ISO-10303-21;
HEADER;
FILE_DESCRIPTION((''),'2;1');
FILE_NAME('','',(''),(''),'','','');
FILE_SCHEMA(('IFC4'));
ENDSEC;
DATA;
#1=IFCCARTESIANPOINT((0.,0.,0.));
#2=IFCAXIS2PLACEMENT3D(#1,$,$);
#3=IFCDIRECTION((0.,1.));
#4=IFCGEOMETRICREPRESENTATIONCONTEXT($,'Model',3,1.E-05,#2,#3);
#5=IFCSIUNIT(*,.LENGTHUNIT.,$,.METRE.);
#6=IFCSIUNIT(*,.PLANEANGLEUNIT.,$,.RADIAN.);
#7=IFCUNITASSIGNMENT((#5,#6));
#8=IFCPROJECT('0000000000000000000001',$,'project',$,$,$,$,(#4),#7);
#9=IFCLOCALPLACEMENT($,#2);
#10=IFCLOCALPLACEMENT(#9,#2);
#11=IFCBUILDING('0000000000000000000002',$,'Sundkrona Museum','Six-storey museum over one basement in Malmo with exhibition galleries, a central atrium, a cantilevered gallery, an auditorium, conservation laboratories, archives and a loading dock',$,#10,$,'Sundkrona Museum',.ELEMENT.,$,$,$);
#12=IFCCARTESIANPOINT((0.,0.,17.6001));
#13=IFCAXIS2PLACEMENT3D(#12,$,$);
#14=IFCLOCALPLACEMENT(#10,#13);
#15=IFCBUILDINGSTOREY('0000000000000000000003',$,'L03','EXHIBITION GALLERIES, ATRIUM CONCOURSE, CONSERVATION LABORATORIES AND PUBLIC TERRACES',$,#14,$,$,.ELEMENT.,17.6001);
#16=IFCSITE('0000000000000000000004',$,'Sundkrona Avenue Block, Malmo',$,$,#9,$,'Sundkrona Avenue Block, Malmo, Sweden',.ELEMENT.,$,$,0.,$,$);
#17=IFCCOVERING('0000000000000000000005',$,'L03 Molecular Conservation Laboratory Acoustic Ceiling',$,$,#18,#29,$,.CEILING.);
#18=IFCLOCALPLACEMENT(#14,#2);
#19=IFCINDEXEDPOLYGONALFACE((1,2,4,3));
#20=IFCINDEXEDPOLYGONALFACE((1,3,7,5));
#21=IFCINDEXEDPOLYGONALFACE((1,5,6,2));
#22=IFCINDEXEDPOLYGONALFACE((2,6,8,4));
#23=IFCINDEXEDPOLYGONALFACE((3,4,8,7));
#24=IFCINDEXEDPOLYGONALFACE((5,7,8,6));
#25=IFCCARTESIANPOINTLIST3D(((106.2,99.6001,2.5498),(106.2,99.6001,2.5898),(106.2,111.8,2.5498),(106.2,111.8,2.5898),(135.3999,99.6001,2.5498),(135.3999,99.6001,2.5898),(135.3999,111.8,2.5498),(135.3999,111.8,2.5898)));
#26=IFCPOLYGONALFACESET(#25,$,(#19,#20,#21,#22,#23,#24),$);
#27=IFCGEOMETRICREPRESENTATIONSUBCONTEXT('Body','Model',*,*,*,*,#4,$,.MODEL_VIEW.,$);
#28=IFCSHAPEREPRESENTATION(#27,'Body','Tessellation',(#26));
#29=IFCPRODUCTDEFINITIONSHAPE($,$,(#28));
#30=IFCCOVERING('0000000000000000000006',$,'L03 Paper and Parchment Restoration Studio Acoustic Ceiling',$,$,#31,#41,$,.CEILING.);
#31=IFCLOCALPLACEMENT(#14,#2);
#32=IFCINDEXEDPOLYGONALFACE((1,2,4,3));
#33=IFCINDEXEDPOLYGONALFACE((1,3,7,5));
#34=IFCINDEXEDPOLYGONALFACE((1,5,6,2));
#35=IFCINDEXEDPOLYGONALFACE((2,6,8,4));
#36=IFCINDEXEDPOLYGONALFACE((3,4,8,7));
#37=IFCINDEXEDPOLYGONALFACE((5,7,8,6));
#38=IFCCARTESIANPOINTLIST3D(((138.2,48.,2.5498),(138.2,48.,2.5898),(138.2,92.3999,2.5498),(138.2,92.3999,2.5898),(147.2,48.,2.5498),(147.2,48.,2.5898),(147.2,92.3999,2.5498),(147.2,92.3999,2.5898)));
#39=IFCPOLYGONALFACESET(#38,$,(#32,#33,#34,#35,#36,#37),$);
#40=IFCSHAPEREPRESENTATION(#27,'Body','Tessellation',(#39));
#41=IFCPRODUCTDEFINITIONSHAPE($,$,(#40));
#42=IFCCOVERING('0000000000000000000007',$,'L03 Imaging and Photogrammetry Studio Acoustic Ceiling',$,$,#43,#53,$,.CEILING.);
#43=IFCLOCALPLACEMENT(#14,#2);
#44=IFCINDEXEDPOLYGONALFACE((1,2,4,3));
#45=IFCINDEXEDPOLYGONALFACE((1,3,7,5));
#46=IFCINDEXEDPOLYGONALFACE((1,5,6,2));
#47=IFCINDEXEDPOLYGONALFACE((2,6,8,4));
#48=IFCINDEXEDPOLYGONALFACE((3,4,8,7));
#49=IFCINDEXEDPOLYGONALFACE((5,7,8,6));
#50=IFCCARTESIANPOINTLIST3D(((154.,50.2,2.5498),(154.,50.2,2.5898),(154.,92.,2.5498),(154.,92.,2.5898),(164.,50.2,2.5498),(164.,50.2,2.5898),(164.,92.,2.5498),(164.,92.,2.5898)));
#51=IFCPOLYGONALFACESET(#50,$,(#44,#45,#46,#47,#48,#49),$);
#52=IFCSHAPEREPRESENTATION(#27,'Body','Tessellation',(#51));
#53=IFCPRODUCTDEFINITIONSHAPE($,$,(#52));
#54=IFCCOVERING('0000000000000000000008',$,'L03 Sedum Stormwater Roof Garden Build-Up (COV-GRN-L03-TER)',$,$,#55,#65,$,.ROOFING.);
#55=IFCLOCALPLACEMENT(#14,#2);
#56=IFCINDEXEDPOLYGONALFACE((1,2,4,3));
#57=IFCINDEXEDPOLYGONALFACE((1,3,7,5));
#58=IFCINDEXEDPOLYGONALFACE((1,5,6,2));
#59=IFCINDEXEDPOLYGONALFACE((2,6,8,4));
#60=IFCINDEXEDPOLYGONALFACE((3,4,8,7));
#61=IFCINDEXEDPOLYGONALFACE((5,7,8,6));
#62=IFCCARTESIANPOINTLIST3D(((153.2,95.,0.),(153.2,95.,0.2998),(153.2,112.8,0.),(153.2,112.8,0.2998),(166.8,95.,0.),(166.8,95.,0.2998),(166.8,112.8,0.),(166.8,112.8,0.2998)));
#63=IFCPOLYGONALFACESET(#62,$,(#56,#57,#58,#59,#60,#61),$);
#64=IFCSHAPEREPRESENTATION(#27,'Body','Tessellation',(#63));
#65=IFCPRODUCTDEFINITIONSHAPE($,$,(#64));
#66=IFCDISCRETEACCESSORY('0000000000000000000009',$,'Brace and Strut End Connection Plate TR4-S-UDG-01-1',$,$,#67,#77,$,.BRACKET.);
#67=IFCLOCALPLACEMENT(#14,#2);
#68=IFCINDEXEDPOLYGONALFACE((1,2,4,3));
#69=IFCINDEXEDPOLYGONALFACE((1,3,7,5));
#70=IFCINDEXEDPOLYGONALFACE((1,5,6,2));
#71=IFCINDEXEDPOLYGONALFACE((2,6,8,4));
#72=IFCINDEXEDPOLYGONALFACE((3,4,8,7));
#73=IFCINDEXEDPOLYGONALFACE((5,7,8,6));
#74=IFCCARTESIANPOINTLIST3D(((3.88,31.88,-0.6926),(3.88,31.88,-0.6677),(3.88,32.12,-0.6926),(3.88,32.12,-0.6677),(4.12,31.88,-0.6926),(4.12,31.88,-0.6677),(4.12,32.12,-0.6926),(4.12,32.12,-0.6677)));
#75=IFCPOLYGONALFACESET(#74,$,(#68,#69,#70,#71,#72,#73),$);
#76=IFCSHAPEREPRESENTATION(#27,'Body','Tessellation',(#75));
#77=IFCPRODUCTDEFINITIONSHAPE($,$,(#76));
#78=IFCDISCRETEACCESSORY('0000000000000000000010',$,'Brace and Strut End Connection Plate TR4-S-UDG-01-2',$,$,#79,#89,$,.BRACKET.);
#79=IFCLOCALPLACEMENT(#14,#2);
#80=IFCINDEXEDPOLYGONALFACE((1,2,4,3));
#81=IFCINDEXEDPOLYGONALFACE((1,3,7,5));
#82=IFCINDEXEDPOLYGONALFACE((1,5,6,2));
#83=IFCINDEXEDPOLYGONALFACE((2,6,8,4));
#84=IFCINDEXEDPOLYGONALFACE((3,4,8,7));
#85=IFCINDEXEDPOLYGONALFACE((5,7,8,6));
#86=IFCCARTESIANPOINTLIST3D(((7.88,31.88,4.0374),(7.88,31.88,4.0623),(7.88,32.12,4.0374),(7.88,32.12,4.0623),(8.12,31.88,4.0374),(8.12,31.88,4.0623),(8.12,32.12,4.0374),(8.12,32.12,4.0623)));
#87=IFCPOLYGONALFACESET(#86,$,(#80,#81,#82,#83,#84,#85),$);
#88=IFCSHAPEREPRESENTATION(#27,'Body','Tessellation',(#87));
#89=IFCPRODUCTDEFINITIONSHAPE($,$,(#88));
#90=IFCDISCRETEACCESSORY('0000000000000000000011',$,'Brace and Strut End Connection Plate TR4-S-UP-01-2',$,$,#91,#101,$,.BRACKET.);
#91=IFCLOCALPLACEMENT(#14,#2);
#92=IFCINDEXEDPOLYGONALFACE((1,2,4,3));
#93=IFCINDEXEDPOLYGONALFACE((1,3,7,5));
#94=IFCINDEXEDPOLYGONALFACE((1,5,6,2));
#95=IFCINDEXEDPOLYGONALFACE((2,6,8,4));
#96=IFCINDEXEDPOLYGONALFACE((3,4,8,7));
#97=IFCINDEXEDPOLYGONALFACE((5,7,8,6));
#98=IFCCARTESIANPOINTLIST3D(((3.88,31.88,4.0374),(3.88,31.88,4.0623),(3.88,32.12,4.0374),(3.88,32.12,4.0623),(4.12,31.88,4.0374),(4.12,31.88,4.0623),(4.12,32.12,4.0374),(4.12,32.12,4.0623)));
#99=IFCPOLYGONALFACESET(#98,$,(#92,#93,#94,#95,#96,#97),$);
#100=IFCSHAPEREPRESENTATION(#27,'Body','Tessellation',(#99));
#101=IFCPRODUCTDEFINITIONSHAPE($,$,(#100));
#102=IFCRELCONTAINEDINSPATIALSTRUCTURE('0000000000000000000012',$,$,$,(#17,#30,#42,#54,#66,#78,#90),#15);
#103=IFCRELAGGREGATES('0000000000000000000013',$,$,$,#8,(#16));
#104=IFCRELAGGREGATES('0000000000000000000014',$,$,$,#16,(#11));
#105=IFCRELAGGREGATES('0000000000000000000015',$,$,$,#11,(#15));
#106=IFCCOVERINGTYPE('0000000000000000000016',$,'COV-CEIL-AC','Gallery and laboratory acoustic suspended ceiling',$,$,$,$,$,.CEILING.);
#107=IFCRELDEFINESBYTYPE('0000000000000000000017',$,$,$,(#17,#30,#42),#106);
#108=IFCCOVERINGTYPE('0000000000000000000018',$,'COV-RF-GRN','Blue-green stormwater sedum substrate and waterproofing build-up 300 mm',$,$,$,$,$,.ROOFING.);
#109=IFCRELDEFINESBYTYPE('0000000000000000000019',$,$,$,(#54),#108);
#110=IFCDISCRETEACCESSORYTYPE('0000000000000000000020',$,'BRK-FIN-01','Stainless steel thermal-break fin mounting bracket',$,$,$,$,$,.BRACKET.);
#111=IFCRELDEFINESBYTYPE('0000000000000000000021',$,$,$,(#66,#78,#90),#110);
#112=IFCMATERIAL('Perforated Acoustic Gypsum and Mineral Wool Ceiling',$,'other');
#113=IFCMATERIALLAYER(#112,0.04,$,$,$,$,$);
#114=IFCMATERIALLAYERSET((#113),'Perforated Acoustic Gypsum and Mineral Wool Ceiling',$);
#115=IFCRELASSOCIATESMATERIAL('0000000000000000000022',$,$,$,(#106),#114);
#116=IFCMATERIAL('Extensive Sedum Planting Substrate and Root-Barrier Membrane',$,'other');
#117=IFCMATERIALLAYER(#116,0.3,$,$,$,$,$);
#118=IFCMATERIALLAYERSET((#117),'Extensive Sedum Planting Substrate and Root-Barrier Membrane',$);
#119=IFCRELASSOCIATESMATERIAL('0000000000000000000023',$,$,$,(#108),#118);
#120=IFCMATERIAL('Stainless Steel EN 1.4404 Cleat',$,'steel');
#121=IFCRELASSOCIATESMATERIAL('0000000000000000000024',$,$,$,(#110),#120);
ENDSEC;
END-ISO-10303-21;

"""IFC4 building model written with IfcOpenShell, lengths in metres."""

from ifc_helpers import new_model, si_unit, direction, frame, origin, origin_2d, place, context, subcontext, project, spatial, polyline, rectangle, outline, extrude, material, layer, layer_set, type_object, element, save


model = new_model("IFC4")

# Units and contexts
model_context = context("Model", 3, precision=1e-05, world=origin(), true_north=direction((0.0, 1.0)))
body_context = subcontext(model_context, "Body", "Model", "MODEL_VIEW")
ifc_project = project(units=[si_unit("LENGTHUNIT", "METRE"), si_unit("PLANEANGLEUNIT", "RADIAN")], contexts=[model_context])

# Site, building, storey
site_placement = place(None, origin())
site = spatial("IfcSite", under=ifc_project, at=site_placement, Name="Sundkrona Avenue Block, Malmo", LongName="Sundkrona Avenue Block, Malmo, Sweden", CompositionType="ELEMENT", RefElevation=0.0)
building_placement = place(site_placement, origin())
building = spatial("IfcBuilding", under=site, at=building_placement, Name="Sundkrona Museum", Description="Six-storey museum over one basement in Malmo with exhibition galleries, a central atrium, a cantilevered gallery, an auditorium, conservation laboratories, archives and a loading dock", LongName="Sundkrona Museum", CompositionType="ELEMENT")
storey_placement = place(building_placement, frame((0.0, 0.0, 17.6001)))
storey = spatial("IfcBuildingStorey", under=building, at=storey_placement, Name="L03", Description="EXHIBITION GALLERIES, ATRIUM CONCOURSE, CONSERVATION LABORATORIES AND PUBLIC TERRACES", CompositionType="ELEMENT", Elevation=17.6001)

# Coverings
ifc_material_1 = material(Name="Perforated Acoustic Gypsum and Mineral Wool Ceiling", Category="other")
ifc_layer_1 = layer(ifc_material_1, 0.04)
ifc_layer_set_1 = layer_set([ifc_layer_1], Name="Perforated Acoustic Gypsum and Mineral Wool Ceiling")
covering_type_1 = type_object("IfcCoveringType", Name="COV-CEIL-AC", Description="Gallery and laboratory acoustic suspended ceiling", PredefinedType="CEILING", material=ifc_layer_set_1)
covering_1_placement = place(storey_placement, frame((0.0, 0.0, 2.5498)))
element("IfcCovering", 1, at=covering_1_placement, inside=storey, type_object=covering_type_1, Name="L03 Molecular Conservation Laboratory Acoustic Ceiling", PredefinedType="CEILING", context=body_context, shape_type="SweptSolid", body=[
    extrude(outline(polyline([(106.2, 99.6001), (135.3999, 99.6001), (135.3999, 111.8), (106.2, 111.8), (106.2, 99.6001)])), origin(), (0.0, 0.0, 1.0), 0.04),
])
covering_2_placement = place(storey_placement, frame((0.0, 0.0, 2.5498)))
element("IfcCovering", 2, at=covering_2_placement, inside=storey, type_object=covering_type_1, Name="L03 Paper and Parchment Restoration Studio Acoustic Ceiling", PredefinedType="CEILING", context=body_context, shape_type="SweptSolid", body=[
    extrude(outline(polyline([(138.2, 48.0), (147.2, 48.0), (147.2, 92.3999), (138.2, 92.3999), (138.2, 48.0)])), origin(), (0.0, 0.0, 1.0), 0.04),
])
covering_3_placement = place(storey_placement, frame((0.0, 0.0, 2.5498)))
element("IfcCovering", 3, at=covering_3_placement, inside=storey, type_object=covering_type_1, Name="L03 Imaging and Photogrammetry Studio Acoustic Ceiling", PredefinedType="CEILING", context=body_context, shape_type="SweptSolid", body=[
    extrude(outline(polyline([(154.0, 50.2), (164.0, 50.2), (164.0, 92.0), (154.0, 92.0), (154.0, 50.2)])), origin(), (0.0, 0.0, 1.0), 0.04),
])
ifc_material_2 = material(Name="Extensive Sedum Planting Substrate and Root-Barrier Membrane", Category="other")
ifc_layer_2 = layer(ifc_material_2, 0.3)
ifc_layer_set_2 = layer_set([ifc_layer_2], Name="Extensive Sedum Planting Substrate and Root-Barrier Membrane")
covering_type_2 = type_object("IfcCoveringType", Name="COV-RF-GRN", Description="Blue-green stormwater sedum substrate and waterproofing build-up 300 mm", PredefinedType="ROOFING", material=ifc_layer_set_2)
covering_4_placement = place(storey_placement, origin())
element("IfcCovering", 4, at=covering_4_placement, inside=storey, type_object=covering_type_2, Name="L03 Sedum Stormwater Roof Garden Build-Up (COV-GRN-L03-TER)", PredefinedType="ROOFING", context=body_context, shape_type="SweptSolid", body=[
    extrude(outline(polyline([(153.2, 95.0), (166.8, 95.0), (166.8, 112.8), (153.2, 112.8), (153.2, 95.0)])), origin(), (0.0, 0.0, 1.0), 0.2998),
])

# Discrete accessories
ifc_material_3 = material(Name="Stainless Steel EN 1.4404 Cleat", Category="steel")
discrete_accessory_type = type_object("IfcDiscreteAccessoryType", Name="BRK-FIN-01", Description="Stainless steel thermal-break fin mounting bracket", PredefinedType="BRACKET", material=ifc_material_3)
for number, where, z_axis, x_axis, name in (
    (5, (4.0, 32.0, -0.6926), (0.0, 0.0, 1.0), (1.0, 0.0, 0.0), "Brace and Strut End Connection Plate TR4-S-UDG-01-1"),
    (6, (8.0, 32.0, 4.0374), (0.0, 0.0, 1.0), (1.0, 0.0, 0.0), "Brace and Strut End Connection Plate TR4-S-UDG-01-2"),
    (7, (4.0, 32.0, 4.0374), (0.0, 0.0, 1.0), (1.0, 0.0, 0.0), "Brace and Strut End Connection Plate TR4-S-UP-01-2"),
):
    element("IfcDiscreteAccessory", number, at=place(storey_placement, frame(where, z_axis=z_axis, x_axis=x_axis)), inside=storey, type_object=discrete_accessory_type, Name=name, PredefinedType="BRACKET", context=body_context, shape_type="SweptSolid", body=[
        extrude(rectangle(XDim=0.24, YDim=0.24, at=origin_2d()), origin(), (0.0, 0.0, 1.0), 0.0249),
    ])

save(model, "model.ifc")
